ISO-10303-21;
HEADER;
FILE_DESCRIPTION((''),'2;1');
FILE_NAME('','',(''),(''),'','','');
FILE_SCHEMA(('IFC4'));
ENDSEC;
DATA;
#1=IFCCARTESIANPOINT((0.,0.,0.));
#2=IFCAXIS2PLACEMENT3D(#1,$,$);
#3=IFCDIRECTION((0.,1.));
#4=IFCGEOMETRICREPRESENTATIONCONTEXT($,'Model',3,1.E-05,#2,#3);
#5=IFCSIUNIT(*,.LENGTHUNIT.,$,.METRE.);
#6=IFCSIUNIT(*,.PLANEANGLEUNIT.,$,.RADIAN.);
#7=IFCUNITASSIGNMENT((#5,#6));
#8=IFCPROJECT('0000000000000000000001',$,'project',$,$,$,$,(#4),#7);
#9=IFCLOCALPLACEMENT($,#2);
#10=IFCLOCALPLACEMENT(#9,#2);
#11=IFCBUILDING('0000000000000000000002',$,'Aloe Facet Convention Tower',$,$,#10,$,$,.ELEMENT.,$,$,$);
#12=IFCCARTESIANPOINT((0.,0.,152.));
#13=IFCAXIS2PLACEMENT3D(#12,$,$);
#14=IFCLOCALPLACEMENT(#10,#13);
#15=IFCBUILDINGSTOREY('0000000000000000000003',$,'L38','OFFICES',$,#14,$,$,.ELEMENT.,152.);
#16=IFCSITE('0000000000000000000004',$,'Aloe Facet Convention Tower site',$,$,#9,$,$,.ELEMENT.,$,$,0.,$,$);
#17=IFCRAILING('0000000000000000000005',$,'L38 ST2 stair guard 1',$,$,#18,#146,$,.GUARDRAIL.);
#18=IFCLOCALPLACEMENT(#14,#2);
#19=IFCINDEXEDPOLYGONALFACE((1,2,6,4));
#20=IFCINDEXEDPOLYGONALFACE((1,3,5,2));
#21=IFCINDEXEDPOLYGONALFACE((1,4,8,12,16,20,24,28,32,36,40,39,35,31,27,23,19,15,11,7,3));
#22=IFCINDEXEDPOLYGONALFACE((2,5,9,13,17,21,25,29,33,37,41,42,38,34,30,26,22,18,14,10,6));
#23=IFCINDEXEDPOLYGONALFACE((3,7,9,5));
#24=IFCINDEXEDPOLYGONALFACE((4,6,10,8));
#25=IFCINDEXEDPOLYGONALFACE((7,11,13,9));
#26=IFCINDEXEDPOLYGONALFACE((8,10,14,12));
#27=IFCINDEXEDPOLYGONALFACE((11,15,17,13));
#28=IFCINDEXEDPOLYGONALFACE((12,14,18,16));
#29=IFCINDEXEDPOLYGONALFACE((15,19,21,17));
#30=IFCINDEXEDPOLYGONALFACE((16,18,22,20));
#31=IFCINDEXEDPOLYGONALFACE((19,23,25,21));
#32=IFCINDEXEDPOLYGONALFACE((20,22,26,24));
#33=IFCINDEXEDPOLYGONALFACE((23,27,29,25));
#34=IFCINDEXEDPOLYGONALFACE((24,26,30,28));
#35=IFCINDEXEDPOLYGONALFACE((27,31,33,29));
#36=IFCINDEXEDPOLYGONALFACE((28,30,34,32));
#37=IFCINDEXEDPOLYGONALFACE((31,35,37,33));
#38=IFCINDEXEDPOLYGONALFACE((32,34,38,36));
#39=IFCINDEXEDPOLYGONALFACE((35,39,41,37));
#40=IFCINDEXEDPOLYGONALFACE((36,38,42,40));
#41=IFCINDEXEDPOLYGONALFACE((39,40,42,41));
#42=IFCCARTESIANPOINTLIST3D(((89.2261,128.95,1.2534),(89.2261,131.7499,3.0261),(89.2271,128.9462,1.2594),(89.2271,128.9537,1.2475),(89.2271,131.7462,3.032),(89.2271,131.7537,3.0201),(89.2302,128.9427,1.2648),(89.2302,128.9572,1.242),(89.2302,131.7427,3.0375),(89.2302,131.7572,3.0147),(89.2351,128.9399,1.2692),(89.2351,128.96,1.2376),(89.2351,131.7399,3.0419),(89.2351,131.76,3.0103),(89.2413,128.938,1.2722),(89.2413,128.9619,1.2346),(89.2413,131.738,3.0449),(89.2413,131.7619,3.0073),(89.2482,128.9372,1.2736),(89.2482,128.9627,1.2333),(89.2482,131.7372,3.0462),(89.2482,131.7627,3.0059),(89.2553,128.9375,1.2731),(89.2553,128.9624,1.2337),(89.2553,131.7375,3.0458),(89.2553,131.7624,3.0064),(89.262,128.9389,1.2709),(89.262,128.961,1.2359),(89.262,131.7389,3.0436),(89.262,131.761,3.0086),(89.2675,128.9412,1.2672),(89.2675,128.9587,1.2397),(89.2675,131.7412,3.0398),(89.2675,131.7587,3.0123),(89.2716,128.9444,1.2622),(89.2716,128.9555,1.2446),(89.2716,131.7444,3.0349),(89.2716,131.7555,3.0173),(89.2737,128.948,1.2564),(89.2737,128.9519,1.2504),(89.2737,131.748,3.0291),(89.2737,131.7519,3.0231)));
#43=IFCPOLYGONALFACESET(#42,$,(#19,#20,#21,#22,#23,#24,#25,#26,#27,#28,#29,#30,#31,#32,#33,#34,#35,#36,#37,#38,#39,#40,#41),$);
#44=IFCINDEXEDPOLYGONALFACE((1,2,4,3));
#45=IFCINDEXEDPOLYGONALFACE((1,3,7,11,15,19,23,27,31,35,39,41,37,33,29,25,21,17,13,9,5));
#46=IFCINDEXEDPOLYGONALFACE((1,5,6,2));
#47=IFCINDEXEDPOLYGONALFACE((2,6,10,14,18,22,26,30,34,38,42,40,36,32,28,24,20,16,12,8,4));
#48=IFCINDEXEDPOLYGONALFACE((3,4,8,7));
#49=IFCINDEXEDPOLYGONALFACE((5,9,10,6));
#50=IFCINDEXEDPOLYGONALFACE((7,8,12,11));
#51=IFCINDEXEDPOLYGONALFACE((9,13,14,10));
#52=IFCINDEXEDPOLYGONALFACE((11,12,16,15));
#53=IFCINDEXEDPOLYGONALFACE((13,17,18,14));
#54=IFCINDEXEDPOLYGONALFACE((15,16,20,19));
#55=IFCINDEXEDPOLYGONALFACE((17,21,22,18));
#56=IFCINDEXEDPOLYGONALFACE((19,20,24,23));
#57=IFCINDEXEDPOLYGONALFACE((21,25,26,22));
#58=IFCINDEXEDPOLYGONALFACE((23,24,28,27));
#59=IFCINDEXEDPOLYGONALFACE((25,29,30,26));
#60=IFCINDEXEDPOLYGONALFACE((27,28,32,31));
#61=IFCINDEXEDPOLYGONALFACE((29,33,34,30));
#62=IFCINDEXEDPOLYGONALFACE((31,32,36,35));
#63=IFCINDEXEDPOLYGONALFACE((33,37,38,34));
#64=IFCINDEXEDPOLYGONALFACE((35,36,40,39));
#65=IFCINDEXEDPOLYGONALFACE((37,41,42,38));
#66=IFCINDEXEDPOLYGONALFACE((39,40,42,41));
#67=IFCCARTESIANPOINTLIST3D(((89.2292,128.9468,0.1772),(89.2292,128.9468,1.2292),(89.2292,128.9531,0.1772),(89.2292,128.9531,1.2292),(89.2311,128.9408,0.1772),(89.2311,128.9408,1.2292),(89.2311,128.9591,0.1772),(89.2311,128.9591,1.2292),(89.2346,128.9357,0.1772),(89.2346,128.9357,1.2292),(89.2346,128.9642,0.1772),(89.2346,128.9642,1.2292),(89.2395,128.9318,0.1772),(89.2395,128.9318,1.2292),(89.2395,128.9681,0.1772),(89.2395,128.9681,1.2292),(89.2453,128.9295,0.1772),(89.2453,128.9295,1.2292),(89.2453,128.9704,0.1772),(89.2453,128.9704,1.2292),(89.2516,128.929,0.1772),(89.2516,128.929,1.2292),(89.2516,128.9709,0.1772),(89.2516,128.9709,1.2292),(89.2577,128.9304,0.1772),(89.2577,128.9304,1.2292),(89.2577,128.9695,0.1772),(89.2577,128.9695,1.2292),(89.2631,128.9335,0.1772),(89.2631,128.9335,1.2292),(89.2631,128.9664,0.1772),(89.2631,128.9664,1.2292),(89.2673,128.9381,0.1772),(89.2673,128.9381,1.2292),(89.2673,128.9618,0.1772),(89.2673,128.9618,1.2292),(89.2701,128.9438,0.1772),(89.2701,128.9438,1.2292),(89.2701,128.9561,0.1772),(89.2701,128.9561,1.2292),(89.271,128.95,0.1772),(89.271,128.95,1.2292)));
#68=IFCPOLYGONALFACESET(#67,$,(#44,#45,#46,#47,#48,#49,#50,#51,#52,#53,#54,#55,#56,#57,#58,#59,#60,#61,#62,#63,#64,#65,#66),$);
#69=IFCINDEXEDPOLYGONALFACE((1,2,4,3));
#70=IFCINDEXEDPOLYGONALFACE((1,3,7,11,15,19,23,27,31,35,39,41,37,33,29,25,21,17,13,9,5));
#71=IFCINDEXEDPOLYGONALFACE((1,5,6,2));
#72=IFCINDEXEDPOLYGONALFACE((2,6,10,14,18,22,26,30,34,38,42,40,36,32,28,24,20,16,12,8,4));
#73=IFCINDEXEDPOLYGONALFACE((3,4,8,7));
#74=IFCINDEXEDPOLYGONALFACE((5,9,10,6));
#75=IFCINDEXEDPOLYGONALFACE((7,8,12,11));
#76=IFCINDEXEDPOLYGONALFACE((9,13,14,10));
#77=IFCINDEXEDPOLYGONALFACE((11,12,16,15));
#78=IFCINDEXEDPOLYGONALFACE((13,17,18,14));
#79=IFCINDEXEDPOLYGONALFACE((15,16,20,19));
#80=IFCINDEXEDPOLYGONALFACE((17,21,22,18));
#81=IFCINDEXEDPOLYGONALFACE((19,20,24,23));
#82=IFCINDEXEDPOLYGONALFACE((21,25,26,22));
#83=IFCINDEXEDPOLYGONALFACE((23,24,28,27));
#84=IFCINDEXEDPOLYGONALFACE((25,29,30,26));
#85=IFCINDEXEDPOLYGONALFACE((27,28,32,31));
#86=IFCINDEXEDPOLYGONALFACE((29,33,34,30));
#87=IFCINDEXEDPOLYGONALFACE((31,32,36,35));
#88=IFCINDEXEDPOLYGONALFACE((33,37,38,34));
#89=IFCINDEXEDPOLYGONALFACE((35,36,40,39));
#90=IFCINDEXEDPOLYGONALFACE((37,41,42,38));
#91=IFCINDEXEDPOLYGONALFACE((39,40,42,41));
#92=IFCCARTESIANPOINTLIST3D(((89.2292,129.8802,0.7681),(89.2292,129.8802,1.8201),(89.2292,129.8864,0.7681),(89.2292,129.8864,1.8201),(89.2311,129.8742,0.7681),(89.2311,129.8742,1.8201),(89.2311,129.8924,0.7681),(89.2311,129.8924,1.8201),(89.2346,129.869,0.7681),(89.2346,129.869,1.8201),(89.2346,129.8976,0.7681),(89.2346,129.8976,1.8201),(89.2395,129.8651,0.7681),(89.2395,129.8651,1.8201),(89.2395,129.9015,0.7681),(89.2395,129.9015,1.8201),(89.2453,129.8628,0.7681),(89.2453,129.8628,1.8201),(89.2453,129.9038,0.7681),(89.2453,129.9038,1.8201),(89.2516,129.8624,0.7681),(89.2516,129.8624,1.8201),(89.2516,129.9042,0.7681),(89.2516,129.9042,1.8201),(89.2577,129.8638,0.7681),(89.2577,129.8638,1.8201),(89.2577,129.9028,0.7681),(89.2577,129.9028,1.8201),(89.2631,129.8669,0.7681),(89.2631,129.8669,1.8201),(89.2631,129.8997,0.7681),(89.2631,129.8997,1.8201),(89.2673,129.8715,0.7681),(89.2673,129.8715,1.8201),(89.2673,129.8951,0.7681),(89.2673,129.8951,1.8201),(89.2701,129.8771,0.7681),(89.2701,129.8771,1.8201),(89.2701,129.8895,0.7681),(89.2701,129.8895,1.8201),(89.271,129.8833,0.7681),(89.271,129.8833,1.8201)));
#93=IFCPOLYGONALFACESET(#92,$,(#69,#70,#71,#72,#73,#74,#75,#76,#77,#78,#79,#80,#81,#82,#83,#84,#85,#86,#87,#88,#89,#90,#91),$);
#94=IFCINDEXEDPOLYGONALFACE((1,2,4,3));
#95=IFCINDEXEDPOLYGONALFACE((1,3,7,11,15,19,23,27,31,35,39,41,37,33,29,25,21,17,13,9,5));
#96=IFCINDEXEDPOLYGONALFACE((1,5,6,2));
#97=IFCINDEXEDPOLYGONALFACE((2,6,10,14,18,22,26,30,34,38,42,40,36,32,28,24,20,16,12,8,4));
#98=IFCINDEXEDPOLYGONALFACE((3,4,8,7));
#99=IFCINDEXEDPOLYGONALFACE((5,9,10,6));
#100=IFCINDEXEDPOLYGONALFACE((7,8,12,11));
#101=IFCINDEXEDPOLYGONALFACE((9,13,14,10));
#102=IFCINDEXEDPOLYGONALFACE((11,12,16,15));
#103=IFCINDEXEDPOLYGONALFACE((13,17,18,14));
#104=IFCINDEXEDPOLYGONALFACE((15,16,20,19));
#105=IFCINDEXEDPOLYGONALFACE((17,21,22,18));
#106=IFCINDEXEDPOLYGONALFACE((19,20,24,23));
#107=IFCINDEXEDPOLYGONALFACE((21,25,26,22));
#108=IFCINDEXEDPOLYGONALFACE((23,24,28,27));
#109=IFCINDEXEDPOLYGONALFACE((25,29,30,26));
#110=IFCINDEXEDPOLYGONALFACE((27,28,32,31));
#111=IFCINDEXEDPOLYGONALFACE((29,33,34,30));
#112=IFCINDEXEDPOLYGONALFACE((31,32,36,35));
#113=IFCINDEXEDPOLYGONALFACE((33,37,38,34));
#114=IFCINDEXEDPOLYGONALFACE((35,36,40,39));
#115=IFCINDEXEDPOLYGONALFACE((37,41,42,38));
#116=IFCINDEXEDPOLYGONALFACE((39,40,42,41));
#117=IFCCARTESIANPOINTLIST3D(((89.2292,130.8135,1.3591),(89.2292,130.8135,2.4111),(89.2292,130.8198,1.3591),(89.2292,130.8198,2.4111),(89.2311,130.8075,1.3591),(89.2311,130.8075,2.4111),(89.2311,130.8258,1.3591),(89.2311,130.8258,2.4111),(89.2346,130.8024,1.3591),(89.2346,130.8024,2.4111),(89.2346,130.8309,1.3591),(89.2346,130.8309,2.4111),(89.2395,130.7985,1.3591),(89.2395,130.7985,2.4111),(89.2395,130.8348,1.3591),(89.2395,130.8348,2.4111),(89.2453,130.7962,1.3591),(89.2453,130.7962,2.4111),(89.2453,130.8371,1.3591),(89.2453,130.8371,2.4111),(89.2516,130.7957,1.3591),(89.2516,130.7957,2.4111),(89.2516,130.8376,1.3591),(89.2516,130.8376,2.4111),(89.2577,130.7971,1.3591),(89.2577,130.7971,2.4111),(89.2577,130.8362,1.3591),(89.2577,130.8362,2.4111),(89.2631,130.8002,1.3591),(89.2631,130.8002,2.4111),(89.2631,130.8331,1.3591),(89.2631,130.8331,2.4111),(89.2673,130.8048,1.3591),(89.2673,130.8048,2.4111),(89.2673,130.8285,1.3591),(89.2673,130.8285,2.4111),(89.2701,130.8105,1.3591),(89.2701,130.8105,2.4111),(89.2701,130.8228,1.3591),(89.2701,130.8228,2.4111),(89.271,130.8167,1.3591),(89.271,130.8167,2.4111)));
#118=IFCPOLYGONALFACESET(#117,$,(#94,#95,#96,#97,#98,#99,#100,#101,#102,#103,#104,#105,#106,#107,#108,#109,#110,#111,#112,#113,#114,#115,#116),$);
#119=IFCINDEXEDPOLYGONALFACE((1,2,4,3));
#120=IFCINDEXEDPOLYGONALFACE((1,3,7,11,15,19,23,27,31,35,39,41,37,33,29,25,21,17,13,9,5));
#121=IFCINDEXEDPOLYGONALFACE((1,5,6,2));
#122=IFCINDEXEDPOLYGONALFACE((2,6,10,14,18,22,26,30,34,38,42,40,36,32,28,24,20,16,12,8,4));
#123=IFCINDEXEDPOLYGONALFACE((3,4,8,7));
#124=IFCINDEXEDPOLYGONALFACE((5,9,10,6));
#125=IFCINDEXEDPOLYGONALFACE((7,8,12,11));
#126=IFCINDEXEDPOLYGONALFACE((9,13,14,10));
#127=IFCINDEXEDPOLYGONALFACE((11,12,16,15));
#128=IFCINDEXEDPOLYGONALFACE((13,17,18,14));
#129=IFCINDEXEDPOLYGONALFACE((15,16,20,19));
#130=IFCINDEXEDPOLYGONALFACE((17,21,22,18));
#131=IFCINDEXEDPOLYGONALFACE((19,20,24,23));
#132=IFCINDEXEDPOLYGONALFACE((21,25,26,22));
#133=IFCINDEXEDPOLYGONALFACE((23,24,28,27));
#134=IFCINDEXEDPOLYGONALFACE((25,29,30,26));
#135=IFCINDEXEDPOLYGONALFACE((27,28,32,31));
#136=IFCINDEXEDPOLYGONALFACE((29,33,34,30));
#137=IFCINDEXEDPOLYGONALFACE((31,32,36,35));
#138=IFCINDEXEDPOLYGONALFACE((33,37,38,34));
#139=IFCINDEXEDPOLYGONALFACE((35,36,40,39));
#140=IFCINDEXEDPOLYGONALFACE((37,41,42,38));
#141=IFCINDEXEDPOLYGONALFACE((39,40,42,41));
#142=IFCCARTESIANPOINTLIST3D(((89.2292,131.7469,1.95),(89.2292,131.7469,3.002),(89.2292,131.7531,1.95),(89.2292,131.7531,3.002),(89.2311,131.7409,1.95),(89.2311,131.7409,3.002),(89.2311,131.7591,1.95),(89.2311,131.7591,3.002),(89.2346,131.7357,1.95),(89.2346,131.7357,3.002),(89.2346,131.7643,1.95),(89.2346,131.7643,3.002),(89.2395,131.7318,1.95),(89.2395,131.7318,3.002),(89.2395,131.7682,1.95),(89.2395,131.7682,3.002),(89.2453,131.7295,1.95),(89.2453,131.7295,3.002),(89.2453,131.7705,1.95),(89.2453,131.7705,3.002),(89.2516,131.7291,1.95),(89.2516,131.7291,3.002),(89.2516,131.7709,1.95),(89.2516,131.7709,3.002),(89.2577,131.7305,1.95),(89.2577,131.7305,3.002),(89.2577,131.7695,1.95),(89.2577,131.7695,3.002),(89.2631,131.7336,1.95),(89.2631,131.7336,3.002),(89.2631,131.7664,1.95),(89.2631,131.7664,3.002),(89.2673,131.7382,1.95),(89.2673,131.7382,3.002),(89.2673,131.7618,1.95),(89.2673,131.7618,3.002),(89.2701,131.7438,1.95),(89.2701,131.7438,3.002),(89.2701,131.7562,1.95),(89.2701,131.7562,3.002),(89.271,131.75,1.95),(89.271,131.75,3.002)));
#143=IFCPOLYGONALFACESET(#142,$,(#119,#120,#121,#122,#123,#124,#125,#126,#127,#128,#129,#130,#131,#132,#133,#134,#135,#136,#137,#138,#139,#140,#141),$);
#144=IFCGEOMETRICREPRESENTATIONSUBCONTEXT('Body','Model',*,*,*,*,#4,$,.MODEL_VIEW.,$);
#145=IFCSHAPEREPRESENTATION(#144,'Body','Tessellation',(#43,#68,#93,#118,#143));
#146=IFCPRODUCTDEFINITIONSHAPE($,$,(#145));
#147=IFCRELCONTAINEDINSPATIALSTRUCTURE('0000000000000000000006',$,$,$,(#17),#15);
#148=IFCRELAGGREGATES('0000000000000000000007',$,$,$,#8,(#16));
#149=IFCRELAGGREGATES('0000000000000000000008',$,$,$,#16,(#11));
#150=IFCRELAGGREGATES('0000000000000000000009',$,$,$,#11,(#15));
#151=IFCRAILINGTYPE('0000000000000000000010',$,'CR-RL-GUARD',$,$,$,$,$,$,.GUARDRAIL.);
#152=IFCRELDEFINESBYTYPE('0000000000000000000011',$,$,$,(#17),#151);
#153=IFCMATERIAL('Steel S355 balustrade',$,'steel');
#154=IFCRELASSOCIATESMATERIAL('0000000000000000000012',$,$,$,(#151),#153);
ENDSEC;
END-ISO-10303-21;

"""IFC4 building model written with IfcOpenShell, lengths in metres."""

from ifc_helpers import new_model, si_unit, direction, frame, origin, origin_2d, place, context, subcontext, project, spatial, circle, extrude, material, type_object, element, save


model = new_model("IFC4")

# Units and contexts
model_context = context("Model", 3, precision=1e-05, world=origin(), true_north=direction((0.0, 1.0)))
body_context = subcontext(model_context, "Body", "Model", "MODEL_VIEW")
ifc_project = project(units=[si_unit("LENGTHUNIT", "METRE"), si_unit("PLANEANGLEUNIT", "RADIAN")], contexts=[model_context])

# Site, building, storey
site_placement = place(None, origin())
site = spatial("IfcSite", under=ifc_project, at=site_placement, Name="Aloe Facet Convention Tower site", CompositionType="ELEMENT", RefElevation=0.0)
building_placement = place(site_placement, origin())
building = spatial("IfcBuilding", under=site, at=building_placement, Name="Aloe Facet Convention Tower", CompositionType="ELEMENT")
storey_placement = place(building_placement, frame((0.0, 0.0, 152.0)))
storey = spatial("IfcBuildingStorey", under=building, at=storey_placement, Name="L38", Description="OFFICES", CompositionType="ELEMENT", Elevation=152.0)

# Railing
ifc_material_1 = material(Name="Steel S355 balustrade", Category="steel")
railing_type_1 = type_object("IfcRailingType", Name="CR-RL-GUARD", PredefinedType="GUARDRAIL", material=ifc_material_1)
railing_1_placement = place(storey_placement, frame((89.25, 128.95, 0.1772)))
element("IfcRailing", 1, at=railing_1_placement, inside=storey, type_object=railing_type_1, Name="L38 ST2 stair guard 1", PredefinedType="GUARDRAIL", context=body_context, shape_type="SweptSolid", body=[
    extrude(circle(Radius=0.0239, at=origin_2d()), frame((0.0, 0.0, 1.0762), z_axis=(0.0, 0.844909, 0.53491), x_axis=(-1.0, 0.0, 0.0)), (0.0, 0.0, 1.0), 3.314),
    extrude(circle(Radius=0.021, at=origin_2d()), origin(), (0.0, 0.0, 1.0), 1.052),
    extrude(circle(Radius=0.021, at=origin_2d()), frame((0.0, 0.9333, 0.5908)), (0.0, 0.0, 1.0), 1.052),
    extrude(circle(Radius=0.021, at=origin_2d()), frame((0.0, 1.8667, 1.1819)), (0.0, 0.0, 1.0), 1.052),
    extrude(circle(Radius=0.021, at=origin_2d()), frame((0.0, 2.8, 1.7727)), (0.0, 0.0, 1.0), 1.052),
])

save(model, "model.ifc")
